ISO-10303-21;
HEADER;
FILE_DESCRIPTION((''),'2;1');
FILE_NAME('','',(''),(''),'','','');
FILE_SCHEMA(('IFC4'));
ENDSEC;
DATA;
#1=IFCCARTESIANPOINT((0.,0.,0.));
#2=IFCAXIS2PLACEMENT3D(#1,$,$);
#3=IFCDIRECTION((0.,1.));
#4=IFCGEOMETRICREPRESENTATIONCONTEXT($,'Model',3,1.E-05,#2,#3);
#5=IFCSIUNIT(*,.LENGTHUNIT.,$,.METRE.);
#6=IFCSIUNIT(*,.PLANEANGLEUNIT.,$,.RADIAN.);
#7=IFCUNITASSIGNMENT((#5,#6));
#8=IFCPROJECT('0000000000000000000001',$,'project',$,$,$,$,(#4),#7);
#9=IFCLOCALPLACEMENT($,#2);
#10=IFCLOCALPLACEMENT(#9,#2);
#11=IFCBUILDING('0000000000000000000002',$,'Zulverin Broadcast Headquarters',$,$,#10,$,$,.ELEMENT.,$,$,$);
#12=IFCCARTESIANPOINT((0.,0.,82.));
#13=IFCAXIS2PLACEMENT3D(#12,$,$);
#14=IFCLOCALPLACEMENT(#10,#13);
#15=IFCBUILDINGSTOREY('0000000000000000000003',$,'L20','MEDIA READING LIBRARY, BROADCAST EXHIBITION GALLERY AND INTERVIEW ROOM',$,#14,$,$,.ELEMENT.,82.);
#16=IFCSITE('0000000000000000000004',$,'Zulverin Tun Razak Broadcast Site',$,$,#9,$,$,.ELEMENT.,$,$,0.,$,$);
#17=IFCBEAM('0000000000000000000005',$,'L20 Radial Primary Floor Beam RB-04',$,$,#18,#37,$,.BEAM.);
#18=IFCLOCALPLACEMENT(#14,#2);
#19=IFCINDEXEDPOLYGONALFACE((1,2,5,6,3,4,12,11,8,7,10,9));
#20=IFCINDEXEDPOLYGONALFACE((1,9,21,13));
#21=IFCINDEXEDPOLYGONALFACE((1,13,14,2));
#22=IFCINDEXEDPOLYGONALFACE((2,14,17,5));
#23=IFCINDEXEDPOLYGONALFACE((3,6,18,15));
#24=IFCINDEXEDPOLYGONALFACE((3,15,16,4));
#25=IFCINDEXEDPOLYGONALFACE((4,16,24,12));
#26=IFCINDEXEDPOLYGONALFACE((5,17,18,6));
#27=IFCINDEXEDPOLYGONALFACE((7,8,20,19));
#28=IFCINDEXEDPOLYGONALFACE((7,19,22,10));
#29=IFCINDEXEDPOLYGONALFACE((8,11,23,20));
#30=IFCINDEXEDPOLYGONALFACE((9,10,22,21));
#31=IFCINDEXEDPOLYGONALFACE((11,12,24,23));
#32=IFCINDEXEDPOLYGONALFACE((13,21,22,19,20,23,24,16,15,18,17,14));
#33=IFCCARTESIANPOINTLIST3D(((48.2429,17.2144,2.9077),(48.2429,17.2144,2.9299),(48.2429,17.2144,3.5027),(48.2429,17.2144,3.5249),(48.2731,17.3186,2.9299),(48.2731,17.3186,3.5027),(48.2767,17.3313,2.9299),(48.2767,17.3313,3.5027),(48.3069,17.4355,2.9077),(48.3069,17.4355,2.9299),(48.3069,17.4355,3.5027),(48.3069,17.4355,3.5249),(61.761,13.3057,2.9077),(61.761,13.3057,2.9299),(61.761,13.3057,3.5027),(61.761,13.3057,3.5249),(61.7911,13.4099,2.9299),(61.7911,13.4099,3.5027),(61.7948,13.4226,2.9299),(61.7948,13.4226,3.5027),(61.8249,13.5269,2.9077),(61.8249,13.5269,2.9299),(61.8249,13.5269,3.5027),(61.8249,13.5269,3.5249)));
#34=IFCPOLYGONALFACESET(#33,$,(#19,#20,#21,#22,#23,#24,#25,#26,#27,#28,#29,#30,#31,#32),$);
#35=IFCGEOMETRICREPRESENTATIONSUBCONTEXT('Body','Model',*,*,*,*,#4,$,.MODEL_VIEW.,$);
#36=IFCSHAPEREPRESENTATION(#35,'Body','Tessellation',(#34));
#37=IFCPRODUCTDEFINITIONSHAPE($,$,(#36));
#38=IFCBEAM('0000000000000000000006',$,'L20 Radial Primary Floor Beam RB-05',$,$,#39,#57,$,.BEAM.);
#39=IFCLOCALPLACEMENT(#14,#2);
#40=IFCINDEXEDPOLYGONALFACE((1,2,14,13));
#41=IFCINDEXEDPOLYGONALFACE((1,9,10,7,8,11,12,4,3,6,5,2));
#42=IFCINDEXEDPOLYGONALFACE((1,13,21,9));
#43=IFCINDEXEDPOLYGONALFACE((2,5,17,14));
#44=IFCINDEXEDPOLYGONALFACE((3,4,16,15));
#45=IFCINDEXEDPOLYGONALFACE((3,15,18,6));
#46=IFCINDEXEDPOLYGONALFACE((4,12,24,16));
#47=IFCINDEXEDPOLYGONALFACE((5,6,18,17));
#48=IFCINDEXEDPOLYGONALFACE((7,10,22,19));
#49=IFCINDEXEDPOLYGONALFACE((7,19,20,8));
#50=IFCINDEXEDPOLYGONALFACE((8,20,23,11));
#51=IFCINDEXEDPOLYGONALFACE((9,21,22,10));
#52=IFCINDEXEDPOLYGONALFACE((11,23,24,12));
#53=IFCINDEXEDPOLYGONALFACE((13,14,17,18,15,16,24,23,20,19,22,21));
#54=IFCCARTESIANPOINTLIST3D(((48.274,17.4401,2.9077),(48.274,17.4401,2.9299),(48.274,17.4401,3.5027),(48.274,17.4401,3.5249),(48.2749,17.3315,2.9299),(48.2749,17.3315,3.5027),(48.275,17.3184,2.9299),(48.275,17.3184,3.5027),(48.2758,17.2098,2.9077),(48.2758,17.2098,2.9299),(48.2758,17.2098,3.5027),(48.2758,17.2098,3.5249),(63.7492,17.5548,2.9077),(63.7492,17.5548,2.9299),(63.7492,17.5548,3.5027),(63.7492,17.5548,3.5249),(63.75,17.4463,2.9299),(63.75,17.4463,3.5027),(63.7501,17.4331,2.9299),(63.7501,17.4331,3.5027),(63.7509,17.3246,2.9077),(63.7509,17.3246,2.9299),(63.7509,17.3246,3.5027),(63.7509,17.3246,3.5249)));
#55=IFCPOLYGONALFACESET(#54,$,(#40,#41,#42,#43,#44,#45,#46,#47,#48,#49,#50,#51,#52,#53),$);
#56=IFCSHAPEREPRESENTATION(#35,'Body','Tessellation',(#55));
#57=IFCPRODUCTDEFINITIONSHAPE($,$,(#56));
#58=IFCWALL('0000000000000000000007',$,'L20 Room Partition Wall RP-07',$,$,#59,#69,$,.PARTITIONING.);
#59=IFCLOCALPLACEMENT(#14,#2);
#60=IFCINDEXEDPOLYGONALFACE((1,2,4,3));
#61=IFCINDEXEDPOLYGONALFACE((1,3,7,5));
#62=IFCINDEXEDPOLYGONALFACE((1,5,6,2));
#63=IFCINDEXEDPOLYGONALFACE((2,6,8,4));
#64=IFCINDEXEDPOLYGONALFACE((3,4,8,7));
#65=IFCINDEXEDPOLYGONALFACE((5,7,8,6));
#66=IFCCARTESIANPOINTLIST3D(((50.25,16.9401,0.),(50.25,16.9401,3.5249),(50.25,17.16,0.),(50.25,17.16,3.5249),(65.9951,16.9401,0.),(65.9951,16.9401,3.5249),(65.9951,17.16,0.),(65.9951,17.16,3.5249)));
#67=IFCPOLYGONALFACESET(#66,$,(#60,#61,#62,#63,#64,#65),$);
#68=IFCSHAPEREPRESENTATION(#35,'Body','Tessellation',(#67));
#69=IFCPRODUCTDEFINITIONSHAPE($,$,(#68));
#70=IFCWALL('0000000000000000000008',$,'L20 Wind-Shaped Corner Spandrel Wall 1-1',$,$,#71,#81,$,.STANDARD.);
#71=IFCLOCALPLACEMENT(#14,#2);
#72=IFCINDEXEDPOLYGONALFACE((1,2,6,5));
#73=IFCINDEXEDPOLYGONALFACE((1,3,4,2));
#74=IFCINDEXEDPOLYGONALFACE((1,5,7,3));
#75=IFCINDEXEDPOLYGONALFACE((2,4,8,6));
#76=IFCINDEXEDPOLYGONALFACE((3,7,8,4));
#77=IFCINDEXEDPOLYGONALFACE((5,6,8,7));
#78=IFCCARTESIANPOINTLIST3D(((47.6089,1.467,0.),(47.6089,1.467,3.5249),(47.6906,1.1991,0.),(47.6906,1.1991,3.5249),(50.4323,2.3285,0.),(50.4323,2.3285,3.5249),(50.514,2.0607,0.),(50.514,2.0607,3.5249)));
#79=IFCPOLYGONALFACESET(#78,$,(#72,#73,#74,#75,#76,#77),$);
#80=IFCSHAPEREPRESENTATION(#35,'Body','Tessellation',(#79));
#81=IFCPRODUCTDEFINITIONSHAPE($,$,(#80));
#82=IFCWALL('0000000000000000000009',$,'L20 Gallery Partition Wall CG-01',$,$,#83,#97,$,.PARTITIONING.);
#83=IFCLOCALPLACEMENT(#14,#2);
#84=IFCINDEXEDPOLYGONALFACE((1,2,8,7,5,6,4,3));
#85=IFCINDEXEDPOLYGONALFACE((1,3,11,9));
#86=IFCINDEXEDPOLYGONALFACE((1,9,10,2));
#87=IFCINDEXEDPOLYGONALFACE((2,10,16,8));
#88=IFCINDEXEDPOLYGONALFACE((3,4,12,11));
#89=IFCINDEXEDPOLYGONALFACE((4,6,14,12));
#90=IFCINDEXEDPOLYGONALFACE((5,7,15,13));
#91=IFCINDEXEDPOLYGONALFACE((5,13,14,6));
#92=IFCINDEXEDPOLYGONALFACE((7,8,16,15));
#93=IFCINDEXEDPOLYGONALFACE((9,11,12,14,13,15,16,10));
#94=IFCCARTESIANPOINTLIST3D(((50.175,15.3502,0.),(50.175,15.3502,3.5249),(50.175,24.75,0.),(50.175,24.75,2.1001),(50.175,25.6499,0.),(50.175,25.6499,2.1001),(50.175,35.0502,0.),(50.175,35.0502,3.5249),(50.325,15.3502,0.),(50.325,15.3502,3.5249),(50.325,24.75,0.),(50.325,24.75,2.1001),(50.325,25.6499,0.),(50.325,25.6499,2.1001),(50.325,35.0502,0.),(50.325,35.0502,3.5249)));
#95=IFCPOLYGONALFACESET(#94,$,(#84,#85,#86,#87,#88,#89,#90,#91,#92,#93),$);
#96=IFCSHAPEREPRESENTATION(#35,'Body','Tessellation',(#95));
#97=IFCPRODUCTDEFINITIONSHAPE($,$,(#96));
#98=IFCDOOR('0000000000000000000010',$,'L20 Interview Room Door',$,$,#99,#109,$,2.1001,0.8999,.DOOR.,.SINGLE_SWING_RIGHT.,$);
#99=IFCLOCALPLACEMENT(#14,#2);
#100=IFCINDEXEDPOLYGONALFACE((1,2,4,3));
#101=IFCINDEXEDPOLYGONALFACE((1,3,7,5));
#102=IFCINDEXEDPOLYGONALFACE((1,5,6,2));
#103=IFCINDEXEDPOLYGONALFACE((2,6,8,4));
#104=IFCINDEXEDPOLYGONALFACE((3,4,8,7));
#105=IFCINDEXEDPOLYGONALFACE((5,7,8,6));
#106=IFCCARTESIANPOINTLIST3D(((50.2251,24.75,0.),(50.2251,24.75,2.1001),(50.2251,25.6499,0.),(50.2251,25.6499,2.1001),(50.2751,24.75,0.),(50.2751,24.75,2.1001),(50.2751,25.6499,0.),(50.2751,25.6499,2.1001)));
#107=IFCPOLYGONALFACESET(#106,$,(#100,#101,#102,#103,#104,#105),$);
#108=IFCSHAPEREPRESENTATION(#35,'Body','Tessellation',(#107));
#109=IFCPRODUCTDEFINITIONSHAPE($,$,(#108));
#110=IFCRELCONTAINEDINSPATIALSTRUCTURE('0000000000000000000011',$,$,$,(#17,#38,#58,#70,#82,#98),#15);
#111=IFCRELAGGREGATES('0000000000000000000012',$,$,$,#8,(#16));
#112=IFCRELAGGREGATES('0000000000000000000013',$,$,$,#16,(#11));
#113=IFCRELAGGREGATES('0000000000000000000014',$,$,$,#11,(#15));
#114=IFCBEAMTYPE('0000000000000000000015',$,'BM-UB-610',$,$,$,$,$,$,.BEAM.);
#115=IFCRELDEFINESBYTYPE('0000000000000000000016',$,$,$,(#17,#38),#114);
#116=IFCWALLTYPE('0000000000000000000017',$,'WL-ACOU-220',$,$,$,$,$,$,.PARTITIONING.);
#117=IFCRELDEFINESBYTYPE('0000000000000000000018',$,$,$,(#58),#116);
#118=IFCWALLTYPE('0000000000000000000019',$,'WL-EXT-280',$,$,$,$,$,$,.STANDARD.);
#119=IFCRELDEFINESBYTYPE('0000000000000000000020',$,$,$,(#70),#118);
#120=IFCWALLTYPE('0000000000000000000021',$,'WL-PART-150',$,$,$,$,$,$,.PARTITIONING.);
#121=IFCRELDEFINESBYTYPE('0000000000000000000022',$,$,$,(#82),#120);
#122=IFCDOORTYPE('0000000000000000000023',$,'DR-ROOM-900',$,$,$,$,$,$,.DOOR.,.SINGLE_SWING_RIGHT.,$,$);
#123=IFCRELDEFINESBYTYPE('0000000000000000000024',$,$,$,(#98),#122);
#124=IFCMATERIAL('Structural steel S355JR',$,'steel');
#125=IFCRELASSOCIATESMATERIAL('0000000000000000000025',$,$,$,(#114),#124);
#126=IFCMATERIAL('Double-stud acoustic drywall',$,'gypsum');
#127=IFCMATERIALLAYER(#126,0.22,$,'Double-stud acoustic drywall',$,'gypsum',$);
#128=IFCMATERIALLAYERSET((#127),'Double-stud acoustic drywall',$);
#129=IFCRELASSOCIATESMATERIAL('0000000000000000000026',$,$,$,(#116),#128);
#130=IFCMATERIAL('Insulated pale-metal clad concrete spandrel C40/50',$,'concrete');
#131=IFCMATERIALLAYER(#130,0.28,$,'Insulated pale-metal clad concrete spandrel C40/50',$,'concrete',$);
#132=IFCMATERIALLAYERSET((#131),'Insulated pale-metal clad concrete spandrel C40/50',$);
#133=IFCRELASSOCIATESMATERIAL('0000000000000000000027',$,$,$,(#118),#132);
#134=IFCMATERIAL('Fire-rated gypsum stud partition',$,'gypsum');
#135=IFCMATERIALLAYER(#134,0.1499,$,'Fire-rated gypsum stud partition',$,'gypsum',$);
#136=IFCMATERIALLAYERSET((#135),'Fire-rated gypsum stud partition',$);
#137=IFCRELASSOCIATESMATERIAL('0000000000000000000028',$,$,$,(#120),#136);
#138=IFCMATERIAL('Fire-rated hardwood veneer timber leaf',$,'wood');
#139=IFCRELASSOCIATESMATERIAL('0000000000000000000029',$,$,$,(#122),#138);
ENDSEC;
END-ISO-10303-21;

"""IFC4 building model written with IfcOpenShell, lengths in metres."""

from ifc_helpers import new_model, si_unit, direction, frame, frame_2d, origin, origin_2d, place, context, subcontext, project, spatial, rectangle, i_section, extrude, material, layer, layer_set, material_profile, profile_set, type_object, element, fill, save


model = new_model("IFC4")

# Units and contexts
model_context = context("Model", 3, precision=1e-05, world=origin(), true_north=direction((0.0, 1.0)))
body_context = subcontext(model_context, "Body", "Model", "MODEL_VIEW")
ifc_project = project(units=[si_unit("LENGTHUNIT", "METRE"), si_unit("PLANEANGLEUNIT", "RADIAN")], contexts=[model_context])

# Site, building, storey
site_placement = place(None, origin())
site = spatial("IfcSite", under=ifc_project, at=site_placement, Name="Zulverin Tun Razak Broadcast Site", CompositionType="ELEMENT", RefElevation=0.0)
building_placement = place(site_placement, origin())
building = spatial("IfcBuilding", under=site, at=building_placement, Name="Zulverin Broadcast Headquarters", CompositionType="ELEMENT")
storey_placement = place(building_placement, frame((0.0, 0.0, 82.0)))
storey = spatial("IfcBuildingStorey", under=building, at=storey_placement, Name="L20", Description="MEDIA READING LIBRARY, BROADCAST EXHIBITION GALLERY AND INTERVIEW ROOM", CompositionType="ELEMENT", Elevation=82.0)

# Beams
ifc_material_1 = material(Name="Structural steel S355JR", Category="steel")
ifc_material_profile_1 = material_profile(ifc_material_1, i_section(OverallWidth=0.2302, OverallDepth=0.6172, WebThickness=0.0132, FlangeThickness=0.0222, at=origin_2d()), Name="Structural steel S355JR", Category="steel")
ifc_profile_set_1 = profile_set([ifc_material_profile_1], Name="Structural steel S355JR")
beam_type_1 = type_object("IfcBeamType", Name="BM-UB-610", PredefinedType="BEAM", material=ifc_profile_set_1)
beam_1_placement = place(storey_placement, frame((48.2749, 17.325, 3.2163), z_axis=(0.960648, -0.277767, 0.0), x_axis=(0.277767, 0.960648, 0.0)))
element("IfcBeam", 1, at=beam_1_placement, inside=storey, type_object=beam_type_1, Name="L20 Radial Primary Floor Beam RB-04", PredefinedType="BEAM", context=body_context, shape_type="SweptSolid", body=[
    extrude(i_section(OverallWidth=0.2302, OverallDepth=0.6172, WebThickness=0.0132, FlangeThickness=0.0222, at=origin_2d()), origin(), (0.0, 0.0, 1.0), 14.0718),
])
beam_2_placement = place(storey_placement, frame((48.2749, 17.325, 3.2163), z_axis=(0.999973, 0.007415, 0.0), x_axis=(-0.007415, 0.999973, 0.0)))
element("IfcBeam", 2, at=beam_2_placement, inside=storey, type_object=beam_type_1, Name="L20 Radial Primary Floor Beam RB-05", PredefinedType="BEAM", context=body_context, shape_type="SweptSolid", body=[
    extrude(i_section(OverallWidth=0.2302, OverallDepth=0.6172, WebThickness=0.0132, FlangeThickness=0.0222, at=origin_2d()), origin(), (0.0, 0.0, 1.0), 15.4756),
])

# Wall
ifc_material_2 = material(Name="Double-stud acoustic drywall", Category="gypsum")
ifc_layer_1 = layer(ifc_material_2, 0.22, Name="Double-stud acoustic drywall", Category="gypsum")
ifc_layer_set_1 = layer_set([ifc_layer_1], Name="Double-stud acoustic drywall")
wall_type_1 = type_object("IfcWallType", Name="WL-ACOU-220", PredefinedType="PARTITIONING", material=ifc_layer_set_1)
wall_1_placement = place(storey_placement, frame((50.25, 17.05, 0.0), z_axis=(0.0, 0.0, 1.0), x_axis=(1.0, 0.0, 0.0)))
element("IfcWall", 3, at=wall_1_placement, inside=storey, type_object=wall_type_1, Name="L20 Room Partition Wall RP-07", PredefinedType="PARTITIONING", context=body_context, shape_type="SweptSolid", body=[
    extrude(rectangle(XDim=15.7451, YDim=0.22, at=frame_2d((7.8726, 0.0))), origin(), (0.0, 0.0, 1.0), 3.5249),
])

# Wall
ifc_material_3 = material(Name="Insulated pale-metal clad concrete spandrel C40/50", Category="concrete")
ifc_layer_2 = layer(ifc_material_3, 0.28, Name="Insulated pale-metal clad concrete spandrel C40/50", Category="concrete")
ifc_layer_set_2 = layer_set([ifc_layer_2], Name="Insulated pale-metal clad concrete spandrel C40/50")
wall_type_2 = type_object("IfcWallType", Name="WL-EXT-280", PredefinedType="STANDARD", material=ifc_layer_set_2)
wall_2_placement = place(storey_placement, frame((47.6497, 1.333, 0.0), z_axis=(0.0, 0.0, 1.0), x_axis=(0.956461, 0.291859, 0.0)))
element("IfcWall", 4, at=wall_2_placement, inside=storey, type_object=wall_type_2, Name="L20 Wind-Shaped Corner Spandrel Wall 1-1", PredefinedType="STANDARD", context=body_context, shape_type="SweptSolid", body=[
    extrude(rectangle(XDim=2.9519, YDim=0.28, at=frame_2d((1.4761, 0.0))), origin(), (0.0, 0.0, 1.0), 3.5249),
])

# Wall, opening, door
ifc_material_4 = material(Name="Fire-rated gypsum stud partition", Category="gypsum")
ifc_layer_3 = layer(ifc_material_4, 0.1499, Name="Fire-rated gypsum stud partition", Category="gypsum")
ifc_layer_set_3 = layer_set([ifc_layer_3], Name="Fire-rated gypsum stud partition")
wall_type_3 = type_object("IfcWallType", Name="WL-PART-150", PredefinedType="PARTITIONING", material=ifc_layer_set_3)
wall_3_placement = place(storey_placement, frame((50.25, 15.3501, 0.0), z_axis=(0.0, 0.0, 1.0), x_axis=(0.0, 1.0, 0.0)))
wall_3 = element("IfcWall", 5, at=wall_3_placement, inside=storey, type_object=wall_type_3, Name="L20 Gallery Partition Wall CG-01", PredefinedType="PARTITIONING", context=body_context, shape_type="SweptSolid", body=[
    extrude(rectangle(XDim=19.7, YDim=0.1499, at=frame_2d((9.8501, 0.0))), origin(), (0.0, 0.0, 1.0), 3.5249),
])
opening_1_placement = place(wall_3_placement, frame((9.3999, 0.0, 0.0)))
opening_1 = element("IfcOpeningElement", 6, at=opening_1_placement, cuts=wall_3, PredefinedType="OPENING", context=body_context, shape_type="SweptSolid", body=[
    extrude(rectangle(XDim=0.8999, YDim=2.1001, at=frame_2d((0.45, 1.05))), frame((0.0, 0.085, 0.0), z_axis=(0.0, -1.0, 0.0), x_axis=(1.0, 0.0, 0.0)), (0.0, 0.0, 1.0), 0.1699),
])
ifc_material_5 = material(Name="Fire-rated hardwood veneer timber leaf", Category="wood")
door_type_1 = type_object("IfcDoorType", Name="DR-ROOM-900", OperationType="SINGLE_SWING_RIGHT", PredefinedType="DOOR", material=ifc_material_5)
door_1_placement = place(opening_1_placement, origin())
door_1 = element("IfcDoor", 7, at=door_1_placement, inside=storey, type_object=door_type_1, Name="L20 Interview Room Door", OperationType="SINGLE_SWING_RIGHT", OverallHeight=2.1001, OverallWidth=0.8999, PredefinedType="DOOR", context=body_context, shape_type="SweptSolid", body=[
    extrude(rectangle(XDim=0.8999, YDim=2.1001, at=frame_2d((0.45, 1.05))), frame((0.0, 0.0249, 0.0), z_axis=(0.0, -1.0, 0.0), x_axis=(1.0, 0.0, 0.0)), (0.0, 0.0, 1.0), 0.05),
])
fill(opening_1, door_1)

save(model, "model.ifc")
